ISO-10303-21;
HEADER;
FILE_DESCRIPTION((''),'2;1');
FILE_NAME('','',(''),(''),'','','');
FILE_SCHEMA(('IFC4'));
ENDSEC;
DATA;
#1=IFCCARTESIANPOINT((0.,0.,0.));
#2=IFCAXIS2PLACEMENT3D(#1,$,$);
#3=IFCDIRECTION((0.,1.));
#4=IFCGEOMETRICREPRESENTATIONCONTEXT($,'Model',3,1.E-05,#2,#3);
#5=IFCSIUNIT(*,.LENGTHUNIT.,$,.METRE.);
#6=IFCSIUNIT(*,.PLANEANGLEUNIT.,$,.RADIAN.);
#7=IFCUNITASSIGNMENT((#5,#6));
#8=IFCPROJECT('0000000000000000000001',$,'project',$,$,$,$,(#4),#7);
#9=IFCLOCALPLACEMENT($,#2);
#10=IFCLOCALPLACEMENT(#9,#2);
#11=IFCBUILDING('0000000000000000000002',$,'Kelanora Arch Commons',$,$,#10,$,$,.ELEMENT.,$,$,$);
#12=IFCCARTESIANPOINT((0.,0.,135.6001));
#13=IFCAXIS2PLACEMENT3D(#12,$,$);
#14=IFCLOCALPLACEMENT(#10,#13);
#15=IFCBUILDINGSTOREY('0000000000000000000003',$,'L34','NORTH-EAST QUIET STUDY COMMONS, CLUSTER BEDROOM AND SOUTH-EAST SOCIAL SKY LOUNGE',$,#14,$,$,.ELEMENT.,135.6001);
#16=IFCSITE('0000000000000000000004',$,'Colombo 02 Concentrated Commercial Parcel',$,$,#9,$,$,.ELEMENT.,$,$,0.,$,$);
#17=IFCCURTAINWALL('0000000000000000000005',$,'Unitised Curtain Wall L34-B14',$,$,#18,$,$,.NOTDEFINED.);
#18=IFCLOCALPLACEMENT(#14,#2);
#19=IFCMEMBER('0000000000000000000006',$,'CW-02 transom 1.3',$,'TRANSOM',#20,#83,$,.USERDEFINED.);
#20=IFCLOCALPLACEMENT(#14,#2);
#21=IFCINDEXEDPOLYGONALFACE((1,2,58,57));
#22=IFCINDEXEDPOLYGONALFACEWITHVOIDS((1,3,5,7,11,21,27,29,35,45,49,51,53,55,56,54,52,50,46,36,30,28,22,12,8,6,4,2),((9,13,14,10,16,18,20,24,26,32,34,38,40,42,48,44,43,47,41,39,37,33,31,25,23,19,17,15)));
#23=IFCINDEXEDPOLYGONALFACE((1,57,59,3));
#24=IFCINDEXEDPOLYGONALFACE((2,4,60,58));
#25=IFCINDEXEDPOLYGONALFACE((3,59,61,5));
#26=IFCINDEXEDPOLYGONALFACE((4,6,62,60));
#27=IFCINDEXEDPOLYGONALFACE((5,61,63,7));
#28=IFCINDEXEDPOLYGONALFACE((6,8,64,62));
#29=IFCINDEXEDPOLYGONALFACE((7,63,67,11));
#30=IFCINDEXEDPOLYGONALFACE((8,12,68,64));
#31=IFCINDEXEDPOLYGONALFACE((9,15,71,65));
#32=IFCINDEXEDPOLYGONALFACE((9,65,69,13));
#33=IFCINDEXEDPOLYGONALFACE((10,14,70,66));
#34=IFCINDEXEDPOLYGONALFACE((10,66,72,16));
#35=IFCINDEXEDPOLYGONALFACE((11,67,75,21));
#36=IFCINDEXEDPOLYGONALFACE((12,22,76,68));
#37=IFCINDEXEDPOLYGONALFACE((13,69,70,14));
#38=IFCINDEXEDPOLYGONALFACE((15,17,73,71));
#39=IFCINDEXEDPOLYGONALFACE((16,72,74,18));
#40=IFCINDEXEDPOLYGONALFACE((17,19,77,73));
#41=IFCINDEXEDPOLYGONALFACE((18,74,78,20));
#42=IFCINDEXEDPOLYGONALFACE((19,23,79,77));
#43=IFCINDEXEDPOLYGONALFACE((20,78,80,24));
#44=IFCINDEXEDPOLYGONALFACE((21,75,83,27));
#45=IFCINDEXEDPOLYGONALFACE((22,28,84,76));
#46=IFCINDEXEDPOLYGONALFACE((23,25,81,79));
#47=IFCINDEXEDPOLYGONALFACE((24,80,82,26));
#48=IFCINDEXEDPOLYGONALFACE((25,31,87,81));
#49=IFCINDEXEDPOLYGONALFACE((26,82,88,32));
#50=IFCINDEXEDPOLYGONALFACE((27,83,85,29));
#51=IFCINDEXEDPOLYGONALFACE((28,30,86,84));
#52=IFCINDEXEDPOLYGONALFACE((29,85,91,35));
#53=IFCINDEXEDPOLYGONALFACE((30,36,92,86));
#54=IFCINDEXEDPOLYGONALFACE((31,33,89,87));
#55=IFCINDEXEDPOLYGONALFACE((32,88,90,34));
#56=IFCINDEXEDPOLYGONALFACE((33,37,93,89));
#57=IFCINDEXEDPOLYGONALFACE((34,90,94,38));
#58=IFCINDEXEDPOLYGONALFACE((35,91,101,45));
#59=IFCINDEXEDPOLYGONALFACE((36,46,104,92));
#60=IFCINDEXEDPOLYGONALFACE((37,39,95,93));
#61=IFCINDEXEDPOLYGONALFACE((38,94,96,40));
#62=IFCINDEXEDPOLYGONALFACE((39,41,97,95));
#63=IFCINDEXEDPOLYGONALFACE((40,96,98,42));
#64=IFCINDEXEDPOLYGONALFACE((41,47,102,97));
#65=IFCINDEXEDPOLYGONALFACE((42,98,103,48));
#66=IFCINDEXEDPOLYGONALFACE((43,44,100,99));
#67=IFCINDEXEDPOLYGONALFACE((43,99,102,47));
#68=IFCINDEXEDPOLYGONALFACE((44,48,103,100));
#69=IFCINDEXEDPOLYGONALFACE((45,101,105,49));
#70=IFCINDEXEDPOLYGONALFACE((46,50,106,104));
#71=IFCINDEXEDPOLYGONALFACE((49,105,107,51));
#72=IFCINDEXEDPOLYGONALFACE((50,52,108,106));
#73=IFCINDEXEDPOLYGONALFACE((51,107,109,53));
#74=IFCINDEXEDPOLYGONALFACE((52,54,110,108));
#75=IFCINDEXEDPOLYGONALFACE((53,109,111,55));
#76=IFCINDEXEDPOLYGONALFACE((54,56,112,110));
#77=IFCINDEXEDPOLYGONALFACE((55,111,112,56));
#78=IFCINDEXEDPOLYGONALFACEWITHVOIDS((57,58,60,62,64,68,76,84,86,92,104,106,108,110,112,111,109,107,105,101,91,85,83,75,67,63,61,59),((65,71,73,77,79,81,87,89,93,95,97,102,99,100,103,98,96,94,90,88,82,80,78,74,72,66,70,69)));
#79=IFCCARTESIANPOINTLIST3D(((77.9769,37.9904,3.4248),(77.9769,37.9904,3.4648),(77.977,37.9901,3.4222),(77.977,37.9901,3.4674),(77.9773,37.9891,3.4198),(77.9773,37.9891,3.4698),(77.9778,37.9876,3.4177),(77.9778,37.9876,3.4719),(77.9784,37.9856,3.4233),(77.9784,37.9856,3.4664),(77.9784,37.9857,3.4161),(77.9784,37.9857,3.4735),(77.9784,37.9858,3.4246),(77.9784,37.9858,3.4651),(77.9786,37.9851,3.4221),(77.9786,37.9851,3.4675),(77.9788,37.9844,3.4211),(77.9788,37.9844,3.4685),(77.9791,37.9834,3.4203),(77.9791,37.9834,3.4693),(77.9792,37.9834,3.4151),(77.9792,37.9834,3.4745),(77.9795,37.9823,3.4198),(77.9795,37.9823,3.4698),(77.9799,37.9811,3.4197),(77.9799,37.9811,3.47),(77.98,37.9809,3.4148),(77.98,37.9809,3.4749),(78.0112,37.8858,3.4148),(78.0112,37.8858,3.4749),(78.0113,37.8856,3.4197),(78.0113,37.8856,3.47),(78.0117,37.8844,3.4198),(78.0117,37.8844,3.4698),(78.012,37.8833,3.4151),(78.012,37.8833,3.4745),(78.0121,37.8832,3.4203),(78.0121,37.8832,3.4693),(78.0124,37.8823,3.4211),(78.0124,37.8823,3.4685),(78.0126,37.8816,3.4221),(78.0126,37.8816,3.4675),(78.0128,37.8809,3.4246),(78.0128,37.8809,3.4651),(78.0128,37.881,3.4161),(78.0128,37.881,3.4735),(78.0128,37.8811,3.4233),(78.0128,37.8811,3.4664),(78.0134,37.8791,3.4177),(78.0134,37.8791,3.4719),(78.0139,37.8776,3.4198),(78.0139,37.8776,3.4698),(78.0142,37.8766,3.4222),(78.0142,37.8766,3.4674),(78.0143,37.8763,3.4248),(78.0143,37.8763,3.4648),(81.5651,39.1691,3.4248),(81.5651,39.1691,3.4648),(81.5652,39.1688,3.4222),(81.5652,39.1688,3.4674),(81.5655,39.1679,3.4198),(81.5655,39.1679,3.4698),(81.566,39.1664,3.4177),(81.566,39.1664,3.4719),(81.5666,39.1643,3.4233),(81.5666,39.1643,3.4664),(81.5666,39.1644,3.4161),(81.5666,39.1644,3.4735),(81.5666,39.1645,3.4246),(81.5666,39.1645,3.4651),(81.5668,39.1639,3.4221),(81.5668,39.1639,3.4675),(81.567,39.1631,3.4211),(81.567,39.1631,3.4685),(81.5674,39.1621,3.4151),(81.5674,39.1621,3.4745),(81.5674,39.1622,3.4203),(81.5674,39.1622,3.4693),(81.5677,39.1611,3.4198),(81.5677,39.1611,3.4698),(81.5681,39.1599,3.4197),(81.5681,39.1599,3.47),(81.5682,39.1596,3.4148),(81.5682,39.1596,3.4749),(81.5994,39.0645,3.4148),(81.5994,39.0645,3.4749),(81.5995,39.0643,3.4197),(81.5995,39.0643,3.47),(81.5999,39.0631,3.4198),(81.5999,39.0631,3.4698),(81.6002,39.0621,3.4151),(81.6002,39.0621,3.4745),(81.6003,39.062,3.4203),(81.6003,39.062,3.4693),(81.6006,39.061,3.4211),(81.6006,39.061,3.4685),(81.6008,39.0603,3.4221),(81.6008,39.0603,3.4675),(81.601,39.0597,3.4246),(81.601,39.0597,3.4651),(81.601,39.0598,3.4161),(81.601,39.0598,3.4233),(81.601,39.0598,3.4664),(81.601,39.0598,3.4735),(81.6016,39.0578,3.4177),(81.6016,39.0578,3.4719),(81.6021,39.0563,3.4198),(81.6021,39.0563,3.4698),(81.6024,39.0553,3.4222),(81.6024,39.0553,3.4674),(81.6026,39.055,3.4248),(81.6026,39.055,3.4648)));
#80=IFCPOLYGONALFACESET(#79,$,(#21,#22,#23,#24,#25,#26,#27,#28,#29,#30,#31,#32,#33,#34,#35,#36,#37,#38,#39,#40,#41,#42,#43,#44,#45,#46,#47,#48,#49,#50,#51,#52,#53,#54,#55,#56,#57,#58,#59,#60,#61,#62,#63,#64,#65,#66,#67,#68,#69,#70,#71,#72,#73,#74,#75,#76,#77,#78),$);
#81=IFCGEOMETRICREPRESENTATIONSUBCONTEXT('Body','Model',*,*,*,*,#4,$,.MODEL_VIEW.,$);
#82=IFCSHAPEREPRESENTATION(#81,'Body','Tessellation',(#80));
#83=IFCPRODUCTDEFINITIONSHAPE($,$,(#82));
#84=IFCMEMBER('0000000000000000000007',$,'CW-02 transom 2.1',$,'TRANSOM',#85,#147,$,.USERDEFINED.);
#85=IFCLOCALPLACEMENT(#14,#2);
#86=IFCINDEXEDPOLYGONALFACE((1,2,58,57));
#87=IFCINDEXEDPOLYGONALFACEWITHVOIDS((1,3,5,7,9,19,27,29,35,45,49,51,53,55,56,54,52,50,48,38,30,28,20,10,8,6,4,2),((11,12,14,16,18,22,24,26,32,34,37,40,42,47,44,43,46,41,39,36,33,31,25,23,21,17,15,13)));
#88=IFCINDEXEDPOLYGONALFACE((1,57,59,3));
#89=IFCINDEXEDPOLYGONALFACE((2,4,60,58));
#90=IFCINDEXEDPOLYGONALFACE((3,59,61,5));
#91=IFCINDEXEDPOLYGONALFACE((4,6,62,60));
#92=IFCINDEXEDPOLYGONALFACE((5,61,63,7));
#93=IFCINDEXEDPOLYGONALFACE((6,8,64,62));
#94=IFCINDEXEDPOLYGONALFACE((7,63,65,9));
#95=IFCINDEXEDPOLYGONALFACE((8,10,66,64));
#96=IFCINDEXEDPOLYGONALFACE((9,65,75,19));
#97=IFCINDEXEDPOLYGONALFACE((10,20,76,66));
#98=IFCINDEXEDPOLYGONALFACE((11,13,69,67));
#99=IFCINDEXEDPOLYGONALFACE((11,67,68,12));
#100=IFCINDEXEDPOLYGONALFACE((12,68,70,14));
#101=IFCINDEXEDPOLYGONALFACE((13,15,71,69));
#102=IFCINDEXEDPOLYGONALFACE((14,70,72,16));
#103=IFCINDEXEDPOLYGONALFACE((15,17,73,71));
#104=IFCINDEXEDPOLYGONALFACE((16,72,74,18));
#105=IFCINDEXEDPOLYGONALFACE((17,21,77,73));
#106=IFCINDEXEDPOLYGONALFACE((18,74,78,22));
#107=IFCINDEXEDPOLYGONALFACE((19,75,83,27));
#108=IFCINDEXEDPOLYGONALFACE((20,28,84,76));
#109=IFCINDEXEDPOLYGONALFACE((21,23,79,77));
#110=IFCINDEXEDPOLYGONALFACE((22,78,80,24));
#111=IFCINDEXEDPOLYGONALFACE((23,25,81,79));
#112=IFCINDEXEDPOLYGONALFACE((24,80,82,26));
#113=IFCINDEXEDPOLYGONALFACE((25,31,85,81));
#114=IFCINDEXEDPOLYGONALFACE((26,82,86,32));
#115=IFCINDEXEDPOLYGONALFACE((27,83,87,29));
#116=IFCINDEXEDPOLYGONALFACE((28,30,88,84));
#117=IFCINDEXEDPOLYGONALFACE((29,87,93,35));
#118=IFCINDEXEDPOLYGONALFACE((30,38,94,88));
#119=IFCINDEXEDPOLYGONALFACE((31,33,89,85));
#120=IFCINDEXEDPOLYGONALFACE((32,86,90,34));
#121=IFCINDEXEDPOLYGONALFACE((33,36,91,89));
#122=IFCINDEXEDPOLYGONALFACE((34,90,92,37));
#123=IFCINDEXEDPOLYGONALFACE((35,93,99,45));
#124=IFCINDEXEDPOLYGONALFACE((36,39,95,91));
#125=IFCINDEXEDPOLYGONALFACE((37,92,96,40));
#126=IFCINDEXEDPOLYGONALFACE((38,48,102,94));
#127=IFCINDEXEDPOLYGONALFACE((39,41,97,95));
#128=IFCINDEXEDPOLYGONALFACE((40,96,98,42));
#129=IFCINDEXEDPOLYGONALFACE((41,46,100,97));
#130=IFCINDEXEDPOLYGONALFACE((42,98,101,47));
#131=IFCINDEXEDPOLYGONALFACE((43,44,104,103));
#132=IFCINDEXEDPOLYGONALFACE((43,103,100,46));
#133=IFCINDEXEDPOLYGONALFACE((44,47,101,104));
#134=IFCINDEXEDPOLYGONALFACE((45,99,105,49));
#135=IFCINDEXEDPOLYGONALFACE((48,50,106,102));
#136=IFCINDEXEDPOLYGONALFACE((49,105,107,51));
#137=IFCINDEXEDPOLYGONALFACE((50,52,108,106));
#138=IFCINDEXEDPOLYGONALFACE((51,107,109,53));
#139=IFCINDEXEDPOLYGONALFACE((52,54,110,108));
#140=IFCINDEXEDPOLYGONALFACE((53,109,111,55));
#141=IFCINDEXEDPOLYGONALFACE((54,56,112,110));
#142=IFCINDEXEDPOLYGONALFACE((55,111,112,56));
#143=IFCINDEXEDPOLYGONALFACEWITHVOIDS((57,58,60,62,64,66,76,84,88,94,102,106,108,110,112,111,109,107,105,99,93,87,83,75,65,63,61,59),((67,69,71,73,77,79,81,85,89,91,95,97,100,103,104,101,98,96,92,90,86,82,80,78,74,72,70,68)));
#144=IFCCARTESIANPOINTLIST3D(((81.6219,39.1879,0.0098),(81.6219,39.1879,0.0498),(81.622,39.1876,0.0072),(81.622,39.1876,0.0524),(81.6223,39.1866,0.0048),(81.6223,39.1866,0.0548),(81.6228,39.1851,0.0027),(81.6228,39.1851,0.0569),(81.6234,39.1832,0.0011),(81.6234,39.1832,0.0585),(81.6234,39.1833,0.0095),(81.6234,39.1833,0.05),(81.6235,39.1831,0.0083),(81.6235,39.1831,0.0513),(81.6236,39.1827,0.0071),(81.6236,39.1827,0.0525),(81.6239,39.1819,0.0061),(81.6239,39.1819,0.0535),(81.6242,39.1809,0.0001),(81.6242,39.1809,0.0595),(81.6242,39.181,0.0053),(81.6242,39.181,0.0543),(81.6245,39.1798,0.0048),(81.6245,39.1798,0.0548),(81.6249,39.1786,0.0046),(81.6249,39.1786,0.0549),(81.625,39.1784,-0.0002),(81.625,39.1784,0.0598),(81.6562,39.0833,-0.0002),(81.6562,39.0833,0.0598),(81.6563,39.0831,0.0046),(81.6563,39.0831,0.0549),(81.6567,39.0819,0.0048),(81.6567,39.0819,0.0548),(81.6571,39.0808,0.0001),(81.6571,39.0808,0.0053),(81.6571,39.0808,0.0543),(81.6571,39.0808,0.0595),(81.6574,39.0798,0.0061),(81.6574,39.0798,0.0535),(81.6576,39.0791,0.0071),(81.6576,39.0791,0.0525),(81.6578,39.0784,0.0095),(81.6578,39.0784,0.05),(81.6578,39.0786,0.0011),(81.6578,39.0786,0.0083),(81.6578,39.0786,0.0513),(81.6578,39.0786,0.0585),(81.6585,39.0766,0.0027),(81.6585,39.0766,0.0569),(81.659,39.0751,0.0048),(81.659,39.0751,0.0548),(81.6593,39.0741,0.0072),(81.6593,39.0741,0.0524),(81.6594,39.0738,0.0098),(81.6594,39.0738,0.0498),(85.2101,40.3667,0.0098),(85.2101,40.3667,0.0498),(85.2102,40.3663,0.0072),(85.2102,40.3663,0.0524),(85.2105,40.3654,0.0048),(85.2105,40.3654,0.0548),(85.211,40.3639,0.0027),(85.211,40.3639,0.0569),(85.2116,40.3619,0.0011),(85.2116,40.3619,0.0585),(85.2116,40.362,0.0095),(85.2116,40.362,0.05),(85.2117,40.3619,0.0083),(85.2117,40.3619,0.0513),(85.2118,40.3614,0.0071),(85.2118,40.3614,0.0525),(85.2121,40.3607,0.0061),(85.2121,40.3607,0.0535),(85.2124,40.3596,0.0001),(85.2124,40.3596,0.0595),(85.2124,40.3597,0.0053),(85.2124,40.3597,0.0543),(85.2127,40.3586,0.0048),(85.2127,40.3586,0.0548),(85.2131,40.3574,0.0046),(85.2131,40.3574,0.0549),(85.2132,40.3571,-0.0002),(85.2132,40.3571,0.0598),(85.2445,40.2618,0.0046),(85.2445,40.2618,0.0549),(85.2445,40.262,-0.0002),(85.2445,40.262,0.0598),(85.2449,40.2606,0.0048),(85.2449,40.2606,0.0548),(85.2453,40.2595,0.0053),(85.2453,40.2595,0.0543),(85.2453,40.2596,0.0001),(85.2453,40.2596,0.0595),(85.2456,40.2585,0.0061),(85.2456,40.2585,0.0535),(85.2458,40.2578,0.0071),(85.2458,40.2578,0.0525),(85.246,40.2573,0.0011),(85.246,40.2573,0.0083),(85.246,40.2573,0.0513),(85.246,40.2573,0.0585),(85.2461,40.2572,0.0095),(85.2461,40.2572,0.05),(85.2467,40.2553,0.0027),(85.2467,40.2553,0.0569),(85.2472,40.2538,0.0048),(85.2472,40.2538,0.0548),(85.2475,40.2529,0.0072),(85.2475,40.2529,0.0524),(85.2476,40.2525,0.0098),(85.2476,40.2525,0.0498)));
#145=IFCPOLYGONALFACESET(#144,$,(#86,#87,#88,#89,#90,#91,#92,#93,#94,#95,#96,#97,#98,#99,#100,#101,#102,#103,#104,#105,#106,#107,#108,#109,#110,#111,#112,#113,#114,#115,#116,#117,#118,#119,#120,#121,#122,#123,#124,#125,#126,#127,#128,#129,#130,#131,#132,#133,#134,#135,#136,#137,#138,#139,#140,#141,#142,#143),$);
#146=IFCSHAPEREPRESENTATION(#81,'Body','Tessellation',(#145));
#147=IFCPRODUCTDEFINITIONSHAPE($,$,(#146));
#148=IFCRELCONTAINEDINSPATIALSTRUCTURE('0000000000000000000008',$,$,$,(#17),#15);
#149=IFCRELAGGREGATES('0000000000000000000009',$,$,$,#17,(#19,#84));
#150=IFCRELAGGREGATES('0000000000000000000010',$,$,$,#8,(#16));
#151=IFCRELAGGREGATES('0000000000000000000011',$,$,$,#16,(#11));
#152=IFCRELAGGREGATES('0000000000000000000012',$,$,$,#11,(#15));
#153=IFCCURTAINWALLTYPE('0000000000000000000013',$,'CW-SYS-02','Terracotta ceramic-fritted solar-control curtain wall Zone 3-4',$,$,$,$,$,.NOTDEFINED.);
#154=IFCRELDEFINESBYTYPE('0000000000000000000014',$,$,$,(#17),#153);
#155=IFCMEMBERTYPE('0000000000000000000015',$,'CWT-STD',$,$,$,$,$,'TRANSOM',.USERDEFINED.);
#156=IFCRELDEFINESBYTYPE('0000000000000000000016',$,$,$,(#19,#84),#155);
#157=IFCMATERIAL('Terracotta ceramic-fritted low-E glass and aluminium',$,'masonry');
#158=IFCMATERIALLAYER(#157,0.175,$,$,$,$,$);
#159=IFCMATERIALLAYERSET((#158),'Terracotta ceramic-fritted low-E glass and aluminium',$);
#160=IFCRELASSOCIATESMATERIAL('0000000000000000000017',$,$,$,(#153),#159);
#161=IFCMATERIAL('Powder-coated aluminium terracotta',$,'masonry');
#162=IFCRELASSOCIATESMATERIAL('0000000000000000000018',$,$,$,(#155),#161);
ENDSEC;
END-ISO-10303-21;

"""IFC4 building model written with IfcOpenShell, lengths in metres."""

from ifc_helpers import new_model, si_unit, direction, frame, origin, origin_2d, place, context, subcontext, project, spatial, hollow_rectangle, extrude, material, layer, layer_set, material_profile, profile_set, type_object, element, aggregate, save


model = new_model("IFC4")

# Units and contexts
model_context = context("Model", 3, precision=1e-05, world=origin(), true_north=direction((0.0, 1.0)))
body_context = subcontext(model_context, "Body", "Model", "MODEL_VIEW")
ifc_project = project(units=[si_unit("LENGTHUNIT", "METRE"), si_unit("PLANEANGLEUNIT", "RADIAN")], contexts=[model_context])

# Site, building, storey
site_placement = place(None, origin())
site = spatial("IfcSite", under=ifc_project, at=site_placement, Name="Colombo 02 Concentrated Commercial Parcel", CompositionType="ELEMENT", RefElevation=0.0)
building_placement = place(site_placement, origin())
building = spatial("IfcBuilding", under=site, at=building_placement, Name="Kelanora Arch Commons", CompositionType="ELEMENT")
storey_placement = place(building_placement, frame((0.0, 0.0, 135.6001)))
storey = spatial("IfcBuildingStorey", under=building, at=storey_placement, Name="L34", Description="NORTH-EAST QUIET STUDY COMMONS, CLUSTER BEDROOM AND SOUTH-EAST SOCIAL SKY LOUNGE", CompositionType="ELEMENT", Elevation=135.6001)

# Curtain wall, members
ifc_material_1 = material(Name="Terracotta ceramic-fritted low-E glass and aluminium", Category="masonry")
ifc_layer_1 = layer(ifc_material_1, 0.175)
ifc_layer_set_1 = layer_set([ifc_layer_1], Name="Terracotta ceramic-fritted low-E glass and aluminium")
curtain_wall_type = type_object("IfcCurtainWallType", Name="CW-SYS-02", Description="Terracotta ceramic-fritted solar-control curtain wall Zone 3-4", PredefinedType="NOTDEFINED", material=ifc_layer_set_1)
curtain_wall_placement = place(storey_placement, origin())
curtain_wall = element("IfcCurtainWall", 1, at=curtain_wall_placement, inside=storey, type_object=curtain_wall_type, Name="Unitised Curtain Wall L34-B14", PredefinedType="NOTDEFINED")
ifc_material_2 = material(Name="Powder-coated aluminium terracotta", Category="masonry")
ifc_material_profile_1 = material_profile(ifc_material_2, hollow_rectangle(XDim=0.1201, YDim=0.0601, WallThickness=0.0049, InnerFilletRadius=0.0049, OuterFilletRadius=0.01, at=origin_2d()), Name="CWT120x60")
ifc_profile_set_1 = profile_set([ifc_material_profile_1], Name="Powder-coated aluminium terracotta")
member_type_1 = type_object("IfcMemberType", Name="CWT-STD", ElementType="TRANSOM", PredefinedType="USERDEFINED", material=ifc_profile_set_1)
member_1_placement = place(storey_placement, frame((77.9956, 37.9333, 3.4448), z_axis=(0.950051, 0.312094, 0.0), x_axis=(-0.312094, 0.950051, 0.0)))
member_1 = element("IfcMember", 2, at=member_1_placement, type_object=member_type_1, Name="CW-02 transom 1.3", ObjectType="TRANSOM", PredefinedType="USERDEFINED", context=body_context, shape_type="SweptSolid", body=[
    extrude(hollow_rectangle(XDim=0.1201, YDim=0.0601, WallThickness=0.0049, InnerFilletRadius=0.0049, OuterFilletRadius=0.01, at=origin_2d()), origin(), (0.0, 0.0, 1.0), 3.7769),
])
member_2_placement = place(storey_placement, frame((81.6406, 39.1309, 0.0298), z_axis=(0.950051, 0.312094, 0.0), x_axis=(-0.312094, 0.950051, 0.0)))
member_2 = element("IfcMember", 3, at=member_2_placement, type_object=member_type_1, Name="CW-02 transom 2.1", ObjectType="TRANSOM", PredefinedType="USERDEFINED", context=body_context, shape_type="SweptSolid", body=[
    extrude(hollow_rectangle(XDim=0.1201, YDim=0.0601, WallThickness=0.0049, InnerFilletRadius=0.0049, OuterFilletRadius=0.01, at=origin_2d()), origin(), (0.0, 0.0, 1.0), 3.7769),
])
aggregate(curtain_wall, [member_1, member_2])

save(model, "model.ifc")
